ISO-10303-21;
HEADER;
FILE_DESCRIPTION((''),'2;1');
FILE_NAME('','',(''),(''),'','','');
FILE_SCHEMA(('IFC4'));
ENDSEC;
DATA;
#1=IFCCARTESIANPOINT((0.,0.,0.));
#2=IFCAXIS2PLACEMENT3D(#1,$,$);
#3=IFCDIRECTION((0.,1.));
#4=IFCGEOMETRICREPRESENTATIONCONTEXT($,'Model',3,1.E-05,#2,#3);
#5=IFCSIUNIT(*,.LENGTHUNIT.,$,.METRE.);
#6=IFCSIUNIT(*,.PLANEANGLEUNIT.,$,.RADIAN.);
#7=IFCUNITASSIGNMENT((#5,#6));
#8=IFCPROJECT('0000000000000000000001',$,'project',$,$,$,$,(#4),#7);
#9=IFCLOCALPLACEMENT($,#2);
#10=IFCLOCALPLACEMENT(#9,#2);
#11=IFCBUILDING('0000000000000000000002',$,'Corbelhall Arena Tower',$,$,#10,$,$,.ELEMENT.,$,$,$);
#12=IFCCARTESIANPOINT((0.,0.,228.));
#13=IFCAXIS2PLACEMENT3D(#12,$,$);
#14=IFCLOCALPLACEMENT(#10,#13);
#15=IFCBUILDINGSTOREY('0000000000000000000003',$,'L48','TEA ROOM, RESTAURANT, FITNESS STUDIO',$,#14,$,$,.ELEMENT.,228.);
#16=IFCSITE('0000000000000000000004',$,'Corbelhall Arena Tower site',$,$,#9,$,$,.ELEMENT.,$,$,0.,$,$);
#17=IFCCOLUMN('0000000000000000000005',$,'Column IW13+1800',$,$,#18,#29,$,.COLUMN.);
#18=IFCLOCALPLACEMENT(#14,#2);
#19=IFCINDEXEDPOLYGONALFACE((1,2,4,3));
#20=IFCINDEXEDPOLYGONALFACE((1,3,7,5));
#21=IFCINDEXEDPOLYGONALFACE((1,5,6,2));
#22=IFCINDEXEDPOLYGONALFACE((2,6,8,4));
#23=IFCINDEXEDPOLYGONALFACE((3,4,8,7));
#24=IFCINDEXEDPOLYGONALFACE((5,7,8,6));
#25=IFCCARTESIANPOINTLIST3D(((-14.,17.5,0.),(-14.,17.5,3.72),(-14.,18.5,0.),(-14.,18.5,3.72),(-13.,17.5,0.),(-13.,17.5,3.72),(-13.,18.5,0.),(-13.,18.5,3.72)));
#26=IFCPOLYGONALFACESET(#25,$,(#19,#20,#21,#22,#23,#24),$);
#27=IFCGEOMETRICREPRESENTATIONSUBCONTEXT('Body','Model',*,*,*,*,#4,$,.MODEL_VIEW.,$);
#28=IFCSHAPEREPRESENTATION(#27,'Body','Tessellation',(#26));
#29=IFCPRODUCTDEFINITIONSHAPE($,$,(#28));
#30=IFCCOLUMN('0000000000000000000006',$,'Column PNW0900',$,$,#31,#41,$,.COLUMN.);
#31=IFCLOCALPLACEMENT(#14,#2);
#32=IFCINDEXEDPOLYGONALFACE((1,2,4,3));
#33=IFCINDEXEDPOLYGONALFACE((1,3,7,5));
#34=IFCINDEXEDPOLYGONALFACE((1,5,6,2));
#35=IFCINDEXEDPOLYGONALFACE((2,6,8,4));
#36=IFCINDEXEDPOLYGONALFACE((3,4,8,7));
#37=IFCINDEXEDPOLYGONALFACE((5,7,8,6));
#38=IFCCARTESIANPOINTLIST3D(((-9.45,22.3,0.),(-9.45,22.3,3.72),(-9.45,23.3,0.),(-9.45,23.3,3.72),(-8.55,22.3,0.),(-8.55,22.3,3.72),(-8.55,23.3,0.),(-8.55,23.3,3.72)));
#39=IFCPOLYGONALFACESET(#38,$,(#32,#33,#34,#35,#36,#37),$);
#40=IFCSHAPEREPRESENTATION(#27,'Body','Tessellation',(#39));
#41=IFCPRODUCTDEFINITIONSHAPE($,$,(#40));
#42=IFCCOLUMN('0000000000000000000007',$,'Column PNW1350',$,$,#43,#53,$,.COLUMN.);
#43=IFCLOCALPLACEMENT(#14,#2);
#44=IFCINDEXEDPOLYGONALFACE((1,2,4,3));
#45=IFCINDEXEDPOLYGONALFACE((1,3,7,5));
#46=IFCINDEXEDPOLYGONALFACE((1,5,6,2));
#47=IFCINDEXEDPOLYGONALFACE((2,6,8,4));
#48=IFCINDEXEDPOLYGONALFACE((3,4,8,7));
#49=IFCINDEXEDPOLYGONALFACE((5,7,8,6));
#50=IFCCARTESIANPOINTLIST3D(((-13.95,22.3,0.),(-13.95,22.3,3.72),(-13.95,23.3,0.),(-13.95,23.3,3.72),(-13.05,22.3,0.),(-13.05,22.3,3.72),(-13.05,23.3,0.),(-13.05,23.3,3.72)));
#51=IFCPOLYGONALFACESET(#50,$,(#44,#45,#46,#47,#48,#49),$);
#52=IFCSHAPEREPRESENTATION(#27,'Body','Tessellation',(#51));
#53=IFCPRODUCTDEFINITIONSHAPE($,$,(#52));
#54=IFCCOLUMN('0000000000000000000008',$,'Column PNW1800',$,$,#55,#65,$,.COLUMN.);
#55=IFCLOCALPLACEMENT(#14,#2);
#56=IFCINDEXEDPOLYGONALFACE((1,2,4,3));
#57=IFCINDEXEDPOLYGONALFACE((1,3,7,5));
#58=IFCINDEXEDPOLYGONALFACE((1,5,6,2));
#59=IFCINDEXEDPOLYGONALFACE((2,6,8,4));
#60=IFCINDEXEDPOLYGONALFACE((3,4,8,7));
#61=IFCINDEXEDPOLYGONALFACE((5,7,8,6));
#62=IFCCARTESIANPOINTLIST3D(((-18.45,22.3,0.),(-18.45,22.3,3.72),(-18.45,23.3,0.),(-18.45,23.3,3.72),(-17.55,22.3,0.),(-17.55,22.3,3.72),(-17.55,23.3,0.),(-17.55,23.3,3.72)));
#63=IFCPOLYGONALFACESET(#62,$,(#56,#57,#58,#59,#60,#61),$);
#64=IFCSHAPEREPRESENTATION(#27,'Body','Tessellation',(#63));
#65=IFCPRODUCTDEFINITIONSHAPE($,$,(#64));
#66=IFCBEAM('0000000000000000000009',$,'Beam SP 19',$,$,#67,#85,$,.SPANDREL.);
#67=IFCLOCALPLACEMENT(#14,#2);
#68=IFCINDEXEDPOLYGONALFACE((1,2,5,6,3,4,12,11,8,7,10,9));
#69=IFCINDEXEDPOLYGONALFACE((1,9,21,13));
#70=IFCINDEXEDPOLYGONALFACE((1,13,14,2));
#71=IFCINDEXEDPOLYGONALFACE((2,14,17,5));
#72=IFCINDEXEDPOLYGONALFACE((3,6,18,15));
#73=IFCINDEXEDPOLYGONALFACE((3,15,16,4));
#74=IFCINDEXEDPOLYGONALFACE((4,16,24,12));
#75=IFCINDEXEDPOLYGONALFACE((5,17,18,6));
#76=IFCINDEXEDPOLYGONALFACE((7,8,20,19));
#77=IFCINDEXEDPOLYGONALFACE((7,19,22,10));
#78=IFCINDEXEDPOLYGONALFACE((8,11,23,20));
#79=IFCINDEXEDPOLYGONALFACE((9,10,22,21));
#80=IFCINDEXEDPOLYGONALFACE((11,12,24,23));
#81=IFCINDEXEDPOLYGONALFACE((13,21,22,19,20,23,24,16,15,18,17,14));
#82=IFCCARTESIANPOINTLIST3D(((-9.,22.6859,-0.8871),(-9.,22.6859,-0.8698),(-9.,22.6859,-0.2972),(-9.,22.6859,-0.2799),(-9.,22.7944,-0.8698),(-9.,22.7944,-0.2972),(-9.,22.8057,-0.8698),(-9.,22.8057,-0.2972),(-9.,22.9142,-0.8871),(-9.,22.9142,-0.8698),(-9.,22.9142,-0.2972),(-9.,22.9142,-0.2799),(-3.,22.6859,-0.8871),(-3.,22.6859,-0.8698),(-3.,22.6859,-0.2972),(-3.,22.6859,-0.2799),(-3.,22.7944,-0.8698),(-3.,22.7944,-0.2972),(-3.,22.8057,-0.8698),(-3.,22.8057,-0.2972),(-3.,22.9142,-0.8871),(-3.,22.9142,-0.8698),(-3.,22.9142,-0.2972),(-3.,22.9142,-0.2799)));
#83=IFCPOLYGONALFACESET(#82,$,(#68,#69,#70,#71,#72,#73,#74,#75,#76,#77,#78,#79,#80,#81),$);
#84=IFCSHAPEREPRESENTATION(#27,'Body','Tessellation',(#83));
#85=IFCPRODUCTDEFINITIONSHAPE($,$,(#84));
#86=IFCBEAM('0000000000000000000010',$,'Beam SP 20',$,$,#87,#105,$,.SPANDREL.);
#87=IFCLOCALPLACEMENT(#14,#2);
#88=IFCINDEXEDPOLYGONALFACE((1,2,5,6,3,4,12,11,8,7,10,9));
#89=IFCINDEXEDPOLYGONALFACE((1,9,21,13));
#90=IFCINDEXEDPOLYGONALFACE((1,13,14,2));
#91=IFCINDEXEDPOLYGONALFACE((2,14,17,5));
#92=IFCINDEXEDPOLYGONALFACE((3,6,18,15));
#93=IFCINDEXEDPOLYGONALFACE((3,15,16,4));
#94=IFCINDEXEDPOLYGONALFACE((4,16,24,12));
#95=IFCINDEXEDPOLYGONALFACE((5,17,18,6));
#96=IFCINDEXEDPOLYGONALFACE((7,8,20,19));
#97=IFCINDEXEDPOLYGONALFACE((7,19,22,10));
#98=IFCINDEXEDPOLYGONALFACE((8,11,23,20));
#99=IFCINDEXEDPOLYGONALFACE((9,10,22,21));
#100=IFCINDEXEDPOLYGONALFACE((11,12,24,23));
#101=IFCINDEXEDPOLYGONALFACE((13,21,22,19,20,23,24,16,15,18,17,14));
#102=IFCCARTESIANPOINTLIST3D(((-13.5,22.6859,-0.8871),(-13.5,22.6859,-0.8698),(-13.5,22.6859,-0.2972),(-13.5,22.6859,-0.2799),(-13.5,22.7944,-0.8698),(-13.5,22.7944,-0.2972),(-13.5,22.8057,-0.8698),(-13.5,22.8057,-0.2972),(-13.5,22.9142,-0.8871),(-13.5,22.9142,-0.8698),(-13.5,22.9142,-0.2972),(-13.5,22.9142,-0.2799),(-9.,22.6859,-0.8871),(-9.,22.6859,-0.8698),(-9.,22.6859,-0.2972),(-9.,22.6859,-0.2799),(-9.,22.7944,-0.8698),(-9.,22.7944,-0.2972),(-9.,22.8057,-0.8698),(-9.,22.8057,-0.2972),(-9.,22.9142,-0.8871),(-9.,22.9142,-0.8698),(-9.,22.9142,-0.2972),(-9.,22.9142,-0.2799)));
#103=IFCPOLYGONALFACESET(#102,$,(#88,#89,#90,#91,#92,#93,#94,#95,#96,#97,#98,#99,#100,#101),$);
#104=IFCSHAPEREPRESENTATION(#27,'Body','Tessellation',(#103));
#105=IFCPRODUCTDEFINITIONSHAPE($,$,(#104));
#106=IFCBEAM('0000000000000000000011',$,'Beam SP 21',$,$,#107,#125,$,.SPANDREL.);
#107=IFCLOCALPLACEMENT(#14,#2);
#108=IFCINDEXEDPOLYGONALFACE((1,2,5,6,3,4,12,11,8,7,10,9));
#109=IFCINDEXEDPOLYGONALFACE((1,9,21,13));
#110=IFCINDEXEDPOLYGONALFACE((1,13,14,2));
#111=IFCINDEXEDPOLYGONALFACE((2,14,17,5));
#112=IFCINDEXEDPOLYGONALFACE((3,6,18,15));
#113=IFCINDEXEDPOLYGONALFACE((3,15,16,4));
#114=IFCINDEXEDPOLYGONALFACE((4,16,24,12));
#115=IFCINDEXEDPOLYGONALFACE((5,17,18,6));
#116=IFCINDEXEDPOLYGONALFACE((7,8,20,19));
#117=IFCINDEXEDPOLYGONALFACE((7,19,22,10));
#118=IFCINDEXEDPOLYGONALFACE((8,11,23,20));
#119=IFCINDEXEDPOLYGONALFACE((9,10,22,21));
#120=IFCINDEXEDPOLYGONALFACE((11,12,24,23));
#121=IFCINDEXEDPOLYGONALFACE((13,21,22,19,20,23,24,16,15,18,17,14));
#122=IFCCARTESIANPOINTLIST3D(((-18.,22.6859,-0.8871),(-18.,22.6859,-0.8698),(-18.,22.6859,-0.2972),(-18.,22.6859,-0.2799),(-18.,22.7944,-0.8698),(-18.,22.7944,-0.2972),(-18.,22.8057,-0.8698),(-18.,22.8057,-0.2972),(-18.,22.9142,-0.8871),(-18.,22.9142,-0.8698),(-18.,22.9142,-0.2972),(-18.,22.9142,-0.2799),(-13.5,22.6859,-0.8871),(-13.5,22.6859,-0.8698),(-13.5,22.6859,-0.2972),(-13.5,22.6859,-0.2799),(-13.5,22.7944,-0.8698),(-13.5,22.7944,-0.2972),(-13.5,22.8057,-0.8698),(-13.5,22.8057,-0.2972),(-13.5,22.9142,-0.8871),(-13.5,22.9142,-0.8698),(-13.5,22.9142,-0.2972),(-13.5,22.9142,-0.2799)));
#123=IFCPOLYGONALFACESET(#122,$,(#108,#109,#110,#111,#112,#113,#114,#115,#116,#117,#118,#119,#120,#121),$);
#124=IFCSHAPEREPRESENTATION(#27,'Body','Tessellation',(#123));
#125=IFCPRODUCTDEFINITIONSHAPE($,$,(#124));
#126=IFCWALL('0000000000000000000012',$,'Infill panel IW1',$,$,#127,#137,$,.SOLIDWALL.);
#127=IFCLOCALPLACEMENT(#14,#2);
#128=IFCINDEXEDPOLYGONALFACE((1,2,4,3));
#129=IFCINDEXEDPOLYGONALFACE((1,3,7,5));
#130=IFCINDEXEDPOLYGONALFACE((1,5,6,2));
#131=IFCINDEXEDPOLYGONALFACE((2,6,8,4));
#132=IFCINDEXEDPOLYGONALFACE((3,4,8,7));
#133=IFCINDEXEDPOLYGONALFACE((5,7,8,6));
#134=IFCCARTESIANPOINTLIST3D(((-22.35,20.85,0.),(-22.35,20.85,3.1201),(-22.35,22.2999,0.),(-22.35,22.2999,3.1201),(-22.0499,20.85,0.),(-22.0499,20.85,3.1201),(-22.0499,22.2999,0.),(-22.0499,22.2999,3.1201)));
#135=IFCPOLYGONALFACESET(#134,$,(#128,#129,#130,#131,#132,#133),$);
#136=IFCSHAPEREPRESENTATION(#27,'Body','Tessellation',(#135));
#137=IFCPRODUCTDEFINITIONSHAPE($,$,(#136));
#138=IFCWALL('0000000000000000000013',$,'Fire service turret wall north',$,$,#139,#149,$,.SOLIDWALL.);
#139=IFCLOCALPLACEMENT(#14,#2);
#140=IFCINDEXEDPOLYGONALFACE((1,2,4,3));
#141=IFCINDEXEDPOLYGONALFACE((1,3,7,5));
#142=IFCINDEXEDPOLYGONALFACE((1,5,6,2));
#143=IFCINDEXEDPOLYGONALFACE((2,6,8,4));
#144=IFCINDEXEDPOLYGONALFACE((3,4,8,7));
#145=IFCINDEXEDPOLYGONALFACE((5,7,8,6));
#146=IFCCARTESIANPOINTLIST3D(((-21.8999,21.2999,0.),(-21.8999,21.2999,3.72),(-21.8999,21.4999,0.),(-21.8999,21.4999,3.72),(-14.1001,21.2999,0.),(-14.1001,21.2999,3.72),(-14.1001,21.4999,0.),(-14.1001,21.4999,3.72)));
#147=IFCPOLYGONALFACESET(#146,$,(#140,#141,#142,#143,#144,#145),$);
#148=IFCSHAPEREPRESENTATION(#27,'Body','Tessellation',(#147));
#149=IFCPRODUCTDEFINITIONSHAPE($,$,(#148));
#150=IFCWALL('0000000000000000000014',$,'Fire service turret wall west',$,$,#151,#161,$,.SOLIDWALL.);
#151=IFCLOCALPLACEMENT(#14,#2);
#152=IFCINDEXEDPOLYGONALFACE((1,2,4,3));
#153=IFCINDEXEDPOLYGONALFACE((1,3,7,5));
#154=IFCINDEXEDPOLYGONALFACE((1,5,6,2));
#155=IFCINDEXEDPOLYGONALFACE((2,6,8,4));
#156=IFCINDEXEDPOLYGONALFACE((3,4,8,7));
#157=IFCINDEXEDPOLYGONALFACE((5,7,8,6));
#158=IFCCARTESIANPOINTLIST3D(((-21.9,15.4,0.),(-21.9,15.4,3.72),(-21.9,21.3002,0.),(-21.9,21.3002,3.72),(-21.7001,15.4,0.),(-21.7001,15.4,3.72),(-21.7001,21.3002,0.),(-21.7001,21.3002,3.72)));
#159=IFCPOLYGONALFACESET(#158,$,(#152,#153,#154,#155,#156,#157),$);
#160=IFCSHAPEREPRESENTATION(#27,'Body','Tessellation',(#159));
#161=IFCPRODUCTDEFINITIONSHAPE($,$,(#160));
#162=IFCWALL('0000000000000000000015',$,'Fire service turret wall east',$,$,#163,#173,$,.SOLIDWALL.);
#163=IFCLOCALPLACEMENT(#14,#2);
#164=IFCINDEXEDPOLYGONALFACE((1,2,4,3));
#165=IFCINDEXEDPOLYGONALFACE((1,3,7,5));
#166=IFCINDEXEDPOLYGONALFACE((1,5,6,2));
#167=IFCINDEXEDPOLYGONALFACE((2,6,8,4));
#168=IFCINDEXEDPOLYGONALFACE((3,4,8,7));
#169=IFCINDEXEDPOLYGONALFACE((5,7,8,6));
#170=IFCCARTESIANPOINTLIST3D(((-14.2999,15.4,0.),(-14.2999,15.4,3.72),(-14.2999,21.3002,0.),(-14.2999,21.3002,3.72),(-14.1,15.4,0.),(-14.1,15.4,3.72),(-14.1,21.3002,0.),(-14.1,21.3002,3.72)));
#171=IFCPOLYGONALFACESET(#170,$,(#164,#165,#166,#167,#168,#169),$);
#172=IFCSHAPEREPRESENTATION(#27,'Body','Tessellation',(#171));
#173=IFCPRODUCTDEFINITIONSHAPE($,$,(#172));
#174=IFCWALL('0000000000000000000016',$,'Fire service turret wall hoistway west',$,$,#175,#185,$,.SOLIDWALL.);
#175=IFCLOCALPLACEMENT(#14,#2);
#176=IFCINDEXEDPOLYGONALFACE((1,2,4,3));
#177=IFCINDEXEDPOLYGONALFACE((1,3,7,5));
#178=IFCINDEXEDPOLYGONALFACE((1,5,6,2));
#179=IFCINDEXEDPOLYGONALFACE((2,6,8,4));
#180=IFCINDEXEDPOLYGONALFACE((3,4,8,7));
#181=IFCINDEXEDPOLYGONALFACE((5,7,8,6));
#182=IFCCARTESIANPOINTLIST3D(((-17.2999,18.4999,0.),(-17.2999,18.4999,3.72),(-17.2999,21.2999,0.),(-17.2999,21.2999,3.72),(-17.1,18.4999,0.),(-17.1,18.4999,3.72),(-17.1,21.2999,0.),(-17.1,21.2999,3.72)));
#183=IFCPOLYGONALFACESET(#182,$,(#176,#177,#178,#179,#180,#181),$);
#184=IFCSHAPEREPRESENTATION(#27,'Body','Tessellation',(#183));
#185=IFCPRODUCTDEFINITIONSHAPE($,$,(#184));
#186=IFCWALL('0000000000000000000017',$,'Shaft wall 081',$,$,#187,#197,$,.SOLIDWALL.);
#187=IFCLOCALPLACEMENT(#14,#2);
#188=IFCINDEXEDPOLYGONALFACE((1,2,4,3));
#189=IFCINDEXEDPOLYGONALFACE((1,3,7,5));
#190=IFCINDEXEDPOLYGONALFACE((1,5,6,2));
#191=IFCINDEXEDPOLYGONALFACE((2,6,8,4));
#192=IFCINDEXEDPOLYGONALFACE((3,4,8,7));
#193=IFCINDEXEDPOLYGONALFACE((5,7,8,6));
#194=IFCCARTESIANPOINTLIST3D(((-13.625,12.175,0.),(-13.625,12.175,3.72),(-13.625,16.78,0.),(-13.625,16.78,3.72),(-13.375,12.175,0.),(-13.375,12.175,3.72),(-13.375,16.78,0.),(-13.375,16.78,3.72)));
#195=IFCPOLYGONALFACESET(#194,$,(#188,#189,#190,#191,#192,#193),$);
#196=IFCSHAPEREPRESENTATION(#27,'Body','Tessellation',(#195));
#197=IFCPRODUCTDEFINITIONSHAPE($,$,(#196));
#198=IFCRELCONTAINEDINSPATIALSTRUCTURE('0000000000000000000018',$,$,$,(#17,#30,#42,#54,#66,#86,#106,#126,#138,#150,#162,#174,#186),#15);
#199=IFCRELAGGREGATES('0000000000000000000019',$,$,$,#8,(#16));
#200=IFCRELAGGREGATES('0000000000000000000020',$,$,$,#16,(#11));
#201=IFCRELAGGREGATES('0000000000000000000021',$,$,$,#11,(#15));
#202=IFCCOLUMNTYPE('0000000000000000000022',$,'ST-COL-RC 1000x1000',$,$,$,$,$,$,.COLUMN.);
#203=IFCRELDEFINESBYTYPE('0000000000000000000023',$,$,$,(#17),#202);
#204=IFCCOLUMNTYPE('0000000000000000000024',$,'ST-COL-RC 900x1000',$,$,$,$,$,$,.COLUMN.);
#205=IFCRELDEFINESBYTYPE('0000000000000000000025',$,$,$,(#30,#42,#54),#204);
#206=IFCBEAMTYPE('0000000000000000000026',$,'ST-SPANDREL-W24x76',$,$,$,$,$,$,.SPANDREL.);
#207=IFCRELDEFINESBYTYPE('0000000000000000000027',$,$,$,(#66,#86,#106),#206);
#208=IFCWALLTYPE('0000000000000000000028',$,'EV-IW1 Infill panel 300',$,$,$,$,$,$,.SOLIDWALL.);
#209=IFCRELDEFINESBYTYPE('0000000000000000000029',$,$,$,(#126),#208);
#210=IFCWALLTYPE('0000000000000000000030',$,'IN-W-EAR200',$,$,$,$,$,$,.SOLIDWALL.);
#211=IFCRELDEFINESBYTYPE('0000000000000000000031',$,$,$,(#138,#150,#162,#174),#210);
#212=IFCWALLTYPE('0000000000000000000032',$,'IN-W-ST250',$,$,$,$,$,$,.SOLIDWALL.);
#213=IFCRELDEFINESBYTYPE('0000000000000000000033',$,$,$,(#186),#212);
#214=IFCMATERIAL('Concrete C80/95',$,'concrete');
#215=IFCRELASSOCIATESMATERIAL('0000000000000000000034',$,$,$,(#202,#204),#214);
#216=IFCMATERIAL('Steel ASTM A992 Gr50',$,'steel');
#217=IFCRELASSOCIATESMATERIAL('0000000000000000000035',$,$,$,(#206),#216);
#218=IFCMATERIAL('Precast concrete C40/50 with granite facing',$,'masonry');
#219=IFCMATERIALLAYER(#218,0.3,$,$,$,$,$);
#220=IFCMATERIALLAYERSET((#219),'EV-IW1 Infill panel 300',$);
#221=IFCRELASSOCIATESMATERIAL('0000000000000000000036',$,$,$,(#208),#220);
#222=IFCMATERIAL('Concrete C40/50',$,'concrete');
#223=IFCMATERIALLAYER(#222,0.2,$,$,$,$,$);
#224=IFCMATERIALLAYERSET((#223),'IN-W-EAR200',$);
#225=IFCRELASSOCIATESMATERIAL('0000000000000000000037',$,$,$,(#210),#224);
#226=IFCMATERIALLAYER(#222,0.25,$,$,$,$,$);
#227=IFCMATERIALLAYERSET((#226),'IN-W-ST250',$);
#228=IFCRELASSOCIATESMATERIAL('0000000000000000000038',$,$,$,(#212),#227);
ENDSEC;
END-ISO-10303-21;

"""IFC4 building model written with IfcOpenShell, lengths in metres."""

from ifc_helpers import new_model, si_unit, direction, frame, frame_2d, origin, origin_2d, place, context, subcontext, project, spatial, rectangle, i_section, extrude, material, layer, layer_set, material_profile, profile_set, type_object, element, save


model = new_model("IFC4")

# Units and contexts
model_context = context("Model", 3, precision=1e-05, world=origin(), true_north=direction((0.0, 1.0)))
body_context = subcontext(model_context, "Body", "Model", "MODEL_VIEW")
ifc_project = project(units=[si_unit("LENGTHUNIT", "METRE"), si_unit("PLANEANGLEUNIT", "RADIAN")], contexts=[model_context])

# Site, building, storey
site_placement = place(None, origin())
site = spatial("IfcSite", under=ifc_project, at=site_placement, Name="Corbelhall Arena Tower site", CompositionType="ELEMENT", RefElevation=0.0)
building_placement = place(site_placement, origin())
building = spatial("IfcBuilding", under=site, at=building_placement, Name="Corbelhall Arena Tower", CompositionType="ELEMENT")
storey_placement = place(building_placement, frame((0.0, 0.0, 228.0)))
storey = spatial("IfcBuildingStorey", under=building, at=storey_placement, Name="L48", Description="TEA ROOM, RESTAURANT, FITNESS STUDIO", CompositionType="ELEMENT", Elevation=228.0)

# Columns
ifc_material_1 = material(Name="Concrete C80/95", Category="concrete")
ifc_material_profile_1 = material_profile(ifc_material_1, rectangle(XDim=1.0, YDim=1.0, at=origin_2d()))
ifc_profile_set_1 = profile_set([ifc_material_profile_1], Name="Concrete C80/95")
column_type_1 = type_object("IfcColumnType", Name="ST-COL-RC 1000x1000", PredefinedType="COLUMN", material=ifc_profile_set_1)
column_placement = place(storey_placement, frame((-13.5, 18.0, 0.0), z_axis=(0.0, 0.0, 1.0), x_axis=(1.0, 0.0, 0.0)))
element("IfcColumn", 1, at=column_placement, inside=storey, type_object=column_type_1, Name="Column IW13+1800", PredefinedType="COLUMN", context=body_context, shape_type="SweptSolid", body=[
    extrude(rectangle(XDim=1.0, YDim=1.0, at=origin_2d()), origin(), (0.0, 0.0, 1.0), 3.72),
])
ifc_material_profile_2 = material_profile(ifc_material_1, rectangle(XDim=0.8999, YDim=1.0, at=origin_2d()))
ifc_profile_set_2 = profile_set([ifc_material_profile_2], Name="Concrete C80/95")
column_type_2 = type_object("IfcColumnType", Name="ST-COL-RC 900x1000", PredefinedType="COLUMN", material=ifc_profile_set_2)
for number, where, z_axis, x_axis, name in (
    (2, (-9.0, 22.8, 0.0), (0.0, 0.0, 1.0), (1.0, 0.0, 0.0), "Column PNW0900"),
    (3, (-13.5, 22.8, 0.0), (0.0, 0.0, 1.0), (1.0, 0.0, 0.0), "Column PNW1350"),
    (4, (-18.0, 22.8, 0.0), (0.0, 0.0, 1.0), (1.0, 0.0, 0.0), "Column PNW1800"),
):
    element("IfcColumn", number, at=place(storey_placement, frame(where, z_axis=z_axis, x_axis=x_axis)), inside=storey, type_object=column_type_2, Name=name, PredefinedType="COLUMN", context=body_context, shape_type="SweptSolid", body=[
        extrude(rectangle(XDim=0.8999, YDim=1.0, at=origin_2d()), origin(), (0.0, 0.0, 1.0), 3.72),
    ])

# Beams
ifc_material_2 = material(Name="Steel ASTM A992 Gr50", Category="steel")
ifc_material_profile_3 = material_profile(ifc_material_2, i_section(OverallWidth=0.2283, OverallDepth=0.6072, WebThickness=0.0112, FlangeThickness=0.0173, at=origin_2d()))
ifc_profile_set_3 = profile_set([ifc_material_profile_3], Name="Steel ASTM A992 Gr50")
beam_type = type_object("IfcBeamType", Name="ST-SPANDREL-W24x76", PredefinedType="SPANDREL", material=ifc_profile_set_3)
beam_placement = place(storey_placement, frame((-9.0, 22.8, -0.5835), z_axis=(1.0, 0.0, 0.0), x_axis=(0.0, 1.0, 0.0)))
element("IfcBeam", 5, at=beam_placement, inside=storey, type_object=beam_type, Name="Beam SP 19", PredefinedType="SPANDREL", context=body_context, shape_type="SweptSolid", body=[
    extrude(i_section(OverallWidth=0.2283, OverallDepth=0.6072, WebThickness=0.0112, FlangeThickness=0.0173, at=origin_2d()), origin(), (0.0, 0.0, 1.0), 6.0),
])
for number, where, z_axis, x_axis, name in (
    (6, (-13.5, 22.8, -0.5835), (1.0, 0.0, 0.0), (0.0, 1.0, 0.0), "Beam SP 20"),
    (7, (-18.0, 22.8, -0.5835), (1.0, 0.0, 0.0), (0.0, 1.0, 0.0), "Beam SP 21"),
):
    element("IfcBeam", number, at=place(storey_placement, frame(where, z_axis=z_axis, x_axis=x_axis)), inside=storey, type_object=beam_type, Name=name, PredefinedType="SPANDREL", context=body_context, shape_type="SweptSolid", body=[
        extrude(i_section(OverallWidth=0.2283, OverallDepth=0.6072, WebThickness=0.0112, FlangeThickness=0.0173, at=origin_2d()), origin(), (0.0, 0.0, 1.0), 4.5),
    ])

# Shared definitions
ifc_material_3 = material(Name="Precast concrete C40/50 with granite facing", Category="masonry")
ifc_layer_1 = layer(ifc_material_3, 0.3)
ifc_layer_set_1 = layer_set([ifc_layer_1], Name="EV-IW1 Infill panel 300")
wall_type_1 = type_object("IfcWallType", Name="EV-IW1 Infill panel 300", PredefinedType="SOLIDWALL", material=ifc_layer_set_1)

# Wall
wall_1_placement = place(storey_placement, frame((-22.2, 22.3, 0.0), z_axis=(0.0, 0.0, 1.0), x_axis=(0.0, -1.0, 0.0)))
element("IfcWall", 8, at=wall_1_placement, inside=storey, type_object=wall_type_1, Name="Infill panel IW1", PredefinedType="SOLIDWALL", context=body_context, shape_type="SweptSolid", body=[
    extrude(rectangle(XDim=1.45, YDim=0.3, at=frame_2d((0.7251, 0.0))), origin(), (0.0, 0.0, 1.0), 3.1201),
])

# Shared definitions
ifc_material_4 = material(Name="Concrete C40/50", Category="concrete")
ifc_layer_2 = layer(ifc_material_4, 0.2)
ifc_layer_set_2 = layer_set([ifc_layer_2], Name="IN-W-EAR200")
wall_type_2 = type_object("IfcWallType", Name="IN-W-EAR200", PredefinedType="SOLIDWALL", material=ifc_layer_set_2)

# Walls
wall_2_placement = place(storey_placement, frame((-21.8999, 21.3999, 0.0), z_axis=(0.0, 0.0, 1.0), x_axis=(1.0, 0.0, 0.0)))
element("IfcWall", 9, at=wall_2_placement, inside=storey, type_object=wall_type_2, Name="Fire service turret wall north", PredefinedType="SOLIDWALL", context=body_context, shape_type="SweptSolid", body=[
    extrude(rectangle(XDim=7.7998, YDim=0.2, at=frame_2d((3.8999, 0.0))), origin(), (0.0, 0.0, 1.0), 3.72),
])
for number, where, z_axis, x_axis, name in (
    (10, (-21.8, 15.3999, 0.0), (0.0, 0.0, 1.0), (0.0, 1.0, 0.0), "Fire service turret wall west"),
    (11, (-14.2, 15.3999, 0.0), (0.0, 0.0, 1.0), (0.0, 1.0, 0.0), "Fire service turret wall east"),
):
    element("IfcWall", number, at=place(storey_placement, frame(where, z_axis=z_axis, x_axis=x_axis)), inside=storey, type_object=wall_type_2, Name=name, PredefinedType="SOLIDWALL", context=body_context, shape_type="SweptSolid", body=[
        extrude(rectangle(XDim=5.9001, YDim=0.2, at=frame_2d((2.9502, 0.0))), origin(), (0.0, 0.0, 1.0), 3.72),
    ])

# Wall
wall_3_placement = place(storey_placement, frame((-17.2, 18.5, 0.0), z_axis=(0.0, 0.0, 1.0), x_axis=(0.0, 1.0, 0.0)))
element("IfcWall", 12, at=wall_3_placement, inside=storey, type_object=wall_type_2, Name="Fire service turret wall hoistway west", PredefinedType="SOLIDWALL", context=body_context, shape_type="SweptSolid", body=[
    extrude(rectangle(XDim=2.8, YDim=0.2, at=frame_2d((1.3999, 0.0))), origin(), (0.0, 0.0, 1.0), 3.72),
])

# Wall
ifc_layer_3 = layer(ifc_material_4, 0.25)
ifc_layer_set_3 = layer_set([ifc_layer_3], Name="IN-W-ST250")
wall_type_3 = type_object("IfcWallType", Name="IN-W-ST250", PredefinedType="SOLIDWALL", material=ifc_layer_set_3)
wall_4_placement = place(storey_placement, frame((-13.5, 16.78, 0.0), z_axis=(0.0, 0.0, 1.0), x_axis=(0.0, -1.0, 0.0)))
element("IfcWall", 13, at=wall_4_placement, inside=storey, type_object=wall_type_3, Name="Shaft wall 081", PredefinedType="SOLIDWALL", context=body_context, shape_type="SweptSolid", body=[
    extrude(rectangle(XDim=4.605, YDim=0.25, at=frame_2d((2.3025, 0.0))), origin(), (0.0, 0.0, 1.0), 3.72),
])

save(model, "model.ifc")
